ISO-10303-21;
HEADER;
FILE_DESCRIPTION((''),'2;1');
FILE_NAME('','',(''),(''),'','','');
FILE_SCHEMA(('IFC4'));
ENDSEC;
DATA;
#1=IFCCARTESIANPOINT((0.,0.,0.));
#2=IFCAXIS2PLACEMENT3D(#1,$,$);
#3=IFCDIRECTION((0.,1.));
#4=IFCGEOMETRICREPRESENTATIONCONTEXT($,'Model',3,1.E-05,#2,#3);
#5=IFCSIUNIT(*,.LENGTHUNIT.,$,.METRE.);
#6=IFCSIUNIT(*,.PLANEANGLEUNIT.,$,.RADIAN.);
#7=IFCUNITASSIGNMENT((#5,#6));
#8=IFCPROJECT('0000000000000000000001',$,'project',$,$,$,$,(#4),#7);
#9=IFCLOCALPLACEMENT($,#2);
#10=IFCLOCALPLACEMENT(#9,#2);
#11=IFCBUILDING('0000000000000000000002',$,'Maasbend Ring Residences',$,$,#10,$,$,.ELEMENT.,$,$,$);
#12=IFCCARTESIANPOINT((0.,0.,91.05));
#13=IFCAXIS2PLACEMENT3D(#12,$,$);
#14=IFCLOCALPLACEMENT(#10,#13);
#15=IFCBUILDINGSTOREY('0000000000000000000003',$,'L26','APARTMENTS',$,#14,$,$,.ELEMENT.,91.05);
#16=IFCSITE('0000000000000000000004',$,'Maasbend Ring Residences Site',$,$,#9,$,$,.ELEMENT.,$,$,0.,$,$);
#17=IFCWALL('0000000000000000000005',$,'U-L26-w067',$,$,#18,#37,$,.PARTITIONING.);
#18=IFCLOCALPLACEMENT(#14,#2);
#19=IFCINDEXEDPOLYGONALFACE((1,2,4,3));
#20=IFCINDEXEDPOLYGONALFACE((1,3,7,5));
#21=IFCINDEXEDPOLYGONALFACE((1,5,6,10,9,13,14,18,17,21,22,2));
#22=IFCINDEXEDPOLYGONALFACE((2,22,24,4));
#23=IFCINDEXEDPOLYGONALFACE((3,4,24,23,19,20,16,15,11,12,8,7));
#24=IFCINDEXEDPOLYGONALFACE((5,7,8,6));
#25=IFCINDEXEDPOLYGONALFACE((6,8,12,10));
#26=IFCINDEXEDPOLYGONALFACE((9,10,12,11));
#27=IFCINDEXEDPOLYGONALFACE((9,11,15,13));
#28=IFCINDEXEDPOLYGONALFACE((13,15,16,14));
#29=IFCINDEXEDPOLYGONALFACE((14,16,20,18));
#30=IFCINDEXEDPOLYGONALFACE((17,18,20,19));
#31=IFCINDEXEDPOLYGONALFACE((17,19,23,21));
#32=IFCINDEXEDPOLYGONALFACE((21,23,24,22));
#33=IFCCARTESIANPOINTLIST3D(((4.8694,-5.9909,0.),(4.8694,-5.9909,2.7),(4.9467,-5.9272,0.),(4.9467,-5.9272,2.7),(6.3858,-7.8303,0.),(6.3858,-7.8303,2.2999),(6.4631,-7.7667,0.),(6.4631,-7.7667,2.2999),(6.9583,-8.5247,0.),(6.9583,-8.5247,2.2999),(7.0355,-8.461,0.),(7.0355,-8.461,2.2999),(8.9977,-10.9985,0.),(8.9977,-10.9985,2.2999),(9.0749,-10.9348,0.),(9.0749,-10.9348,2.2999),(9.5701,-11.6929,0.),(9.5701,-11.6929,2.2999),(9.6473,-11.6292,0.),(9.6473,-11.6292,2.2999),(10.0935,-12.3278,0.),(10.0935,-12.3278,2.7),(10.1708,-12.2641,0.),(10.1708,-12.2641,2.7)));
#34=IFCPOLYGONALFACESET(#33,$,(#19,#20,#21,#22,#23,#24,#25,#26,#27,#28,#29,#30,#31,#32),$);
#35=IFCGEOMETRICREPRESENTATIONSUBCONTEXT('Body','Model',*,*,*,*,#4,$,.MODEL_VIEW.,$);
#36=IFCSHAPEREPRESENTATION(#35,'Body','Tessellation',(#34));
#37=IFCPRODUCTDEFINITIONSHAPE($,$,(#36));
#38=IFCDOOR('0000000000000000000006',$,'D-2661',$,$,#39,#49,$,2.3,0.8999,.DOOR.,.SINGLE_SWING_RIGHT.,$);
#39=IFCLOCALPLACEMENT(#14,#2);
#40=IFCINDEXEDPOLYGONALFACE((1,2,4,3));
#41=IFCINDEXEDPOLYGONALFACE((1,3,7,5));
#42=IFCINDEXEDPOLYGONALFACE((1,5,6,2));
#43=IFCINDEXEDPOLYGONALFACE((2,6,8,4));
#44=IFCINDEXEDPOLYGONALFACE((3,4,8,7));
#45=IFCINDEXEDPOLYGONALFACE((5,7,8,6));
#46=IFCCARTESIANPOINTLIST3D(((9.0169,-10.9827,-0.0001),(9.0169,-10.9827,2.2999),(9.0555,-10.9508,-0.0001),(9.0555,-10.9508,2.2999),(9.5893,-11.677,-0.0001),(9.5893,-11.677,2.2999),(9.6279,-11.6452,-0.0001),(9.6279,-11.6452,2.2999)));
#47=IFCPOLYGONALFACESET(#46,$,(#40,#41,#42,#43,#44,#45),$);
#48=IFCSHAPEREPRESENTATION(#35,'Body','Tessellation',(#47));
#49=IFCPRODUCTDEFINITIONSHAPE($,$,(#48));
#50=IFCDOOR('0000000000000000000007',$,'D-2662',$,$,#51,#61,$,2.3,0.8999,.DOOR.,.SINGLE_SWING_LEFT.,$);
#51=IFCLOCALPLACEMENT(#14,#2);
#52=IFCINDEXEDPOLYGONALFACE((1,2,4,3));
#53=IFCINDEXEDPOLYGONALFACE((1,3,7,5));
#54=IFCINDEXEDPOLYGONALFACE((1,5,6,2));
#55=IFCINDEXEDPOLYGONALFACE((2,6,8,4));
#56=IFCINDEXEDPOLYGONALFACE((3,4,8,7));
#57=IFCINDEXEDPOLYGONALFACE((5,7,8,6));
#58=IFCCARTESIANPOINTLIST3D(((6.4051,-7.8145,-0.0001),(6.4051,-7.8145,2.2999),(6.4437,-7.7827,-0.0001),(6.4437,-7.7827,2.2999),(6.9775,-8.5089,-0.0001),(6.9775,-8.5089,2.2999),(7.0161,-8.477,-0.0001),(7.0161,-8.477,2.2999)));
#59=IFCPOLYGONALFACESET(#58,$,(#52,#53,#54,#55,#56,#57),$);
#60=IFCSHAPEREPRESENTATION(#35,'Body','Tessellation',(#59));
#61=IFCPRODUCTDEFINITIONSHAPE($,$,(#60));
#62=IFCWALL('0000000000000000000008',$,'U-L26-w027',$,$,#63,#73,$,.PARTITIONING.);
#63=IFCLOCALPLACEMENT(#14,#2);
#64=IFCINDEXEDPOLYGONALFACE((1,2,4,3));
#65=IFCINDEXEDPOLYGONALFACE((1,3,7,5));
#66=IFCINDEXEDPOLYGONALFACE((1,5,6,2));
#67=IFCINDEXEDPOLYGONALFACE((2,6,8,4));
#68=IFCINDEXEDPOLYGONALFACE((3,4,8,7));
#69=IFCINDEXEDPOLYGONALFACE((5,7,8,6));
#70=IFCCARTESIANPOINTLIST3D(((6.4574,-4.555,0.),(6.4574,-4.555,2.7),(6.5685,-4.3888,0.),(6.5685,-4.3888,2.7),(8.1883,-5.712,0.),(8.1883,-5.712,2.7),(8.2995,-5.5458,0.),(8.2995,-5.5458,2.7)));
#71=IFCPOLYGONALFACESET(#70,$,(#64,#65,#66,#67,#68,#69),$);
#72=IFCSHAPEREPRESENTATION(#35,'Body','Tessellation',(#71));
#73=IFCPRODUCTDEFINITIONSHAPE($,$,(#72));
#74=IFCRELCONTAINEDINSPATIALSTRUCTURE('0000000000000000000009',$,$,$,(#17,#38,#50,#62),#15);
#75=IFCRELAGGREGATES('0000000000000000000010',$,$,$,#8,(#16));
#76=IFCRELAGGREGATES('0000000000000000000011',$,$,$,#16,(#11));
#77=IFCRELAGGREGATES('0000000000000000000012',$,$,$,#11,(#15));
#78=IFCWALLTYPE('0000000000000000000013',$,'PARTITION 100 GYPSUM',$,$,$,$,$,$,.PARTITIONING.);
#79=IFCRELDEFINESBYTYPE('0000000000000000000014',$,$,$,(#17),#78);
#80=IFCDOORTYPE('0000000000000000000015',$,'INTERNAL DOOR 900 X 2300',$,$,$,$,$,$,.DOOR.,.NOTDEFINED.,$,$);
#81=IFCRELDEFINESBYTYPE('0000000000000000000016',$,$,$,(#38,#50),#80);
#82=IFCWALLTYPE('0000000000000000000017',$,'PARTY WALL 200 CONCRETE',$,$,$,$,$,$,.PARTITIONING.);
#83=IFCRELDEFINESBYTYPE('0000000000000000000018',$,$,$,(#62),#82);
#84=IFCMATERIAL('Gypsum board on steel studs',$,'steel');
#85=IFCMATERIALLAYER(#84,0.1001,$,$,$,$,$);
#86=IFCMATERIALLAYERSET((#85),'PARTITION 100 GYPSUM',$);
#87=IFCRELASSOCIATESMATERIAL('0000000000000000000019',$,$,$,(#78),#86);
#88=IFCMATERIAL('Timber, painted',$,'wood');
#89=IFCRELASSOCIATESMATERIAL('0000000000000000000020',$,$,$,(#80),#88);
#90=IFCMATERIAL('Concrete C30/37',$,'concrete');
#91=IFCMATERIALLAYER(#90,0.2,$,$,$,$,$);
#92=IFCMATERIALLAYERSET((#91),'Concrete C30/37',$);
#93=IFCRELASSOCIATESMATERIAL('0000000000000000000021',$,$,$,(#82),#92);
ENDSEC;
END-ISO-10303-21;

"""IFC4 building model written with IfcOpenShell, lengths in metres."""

from ifc_helpers import new_model, si_unit, direction, frame, frame_2d, origin, place, context, subcontext, project, spatial, rectangle, extrude, material, layer, layer_set, type_object, element, fill, save


model = new_model("IFC4")

# Units and contexts
model_context = context("Model", 3, precision=1e-05, world=origin(), true_north=direction((0.0, 1.0)))
body_context = subcontext(model_context, "Body", "Model", "MODEL_VIEW")
ifc_project = project(units=[si_unit("LENGTHUNIT", "METRE"), si_unit("PLANEANGLEUNIT", "RADIAN")], contexts=[model_context])

# Site, building, storey
site_placement = place(None, origin())
site = spatial("IfcSite", under=ifc_project, at=site_placement, Name="Maasbend Ring Residences Site", CompositionType="ELEMENT", RefElevation=0.0)
building_placement = place(site_placement, origin())
building = spatial("IfcBuilding", under=site, at=building_placement, Name="Maasbend Ring Residences", CompositionType="ELEMENT")
storey_placement = place(building_placement, frame((0.0, 0.0, 91.05)))
storey = spatial("IfcBuildingStorey", under=building, at=storey_placement, Name="L26", Description="APARTMENTS", CompositionType="ELEMENT", Elevation=91.05)

# Wall, openings, doors
ifc_material_1 = material(Name="Gypsum board on steel studs", Category="steel")
ifc_layer_1 = layer(ifc_material_1, 0.1001)
ifc_layer_set_1 = layer_set([ifc_layer_1], Name="PARTITION 100 GYPSUM")
wall_type_1 = type_object("IfcWallType", Name="PARTITION 100 GYPSUM", PredefinedType="PARTITIONING", material=ifc_layer_set_1)
wall_1_placement = place(storey_placement, frame((4.908, -5.959, 0.0), z_axis=(0.0, 0.0, 1.0), x_axis=(0.636105, -0.771602, 0.0)))
wall_1 = element("IfcWall", 1, at=wall_1_placement, inside=storey, type_object=wall_type_1, Name="U-L26-w067", PredefinedType="PARTITIONING", context=body_context, shape_type="SweptSolid", body=[
    extrude(rectangle(XDim=8.2126, YDim=0.1001, at=frame_2d((4.1064, 0.0))), origin(), (0.0, 0.0, 1.0), 2.7),
])
opening_1_placement = place(wall_1_placement, frame((6.49, 0.0, 0.0)))
opening_1 = element("IfcOpeningElement", 2, at=opening_1_placement, cuts=wall_1, PredefinedType="OPENING", context=body_context, shape_type="SweptSolid", body=[
    extrude(rectangle(XDim=0.8999, YDim=2.3, at=frame_2d((0.45, 1.1499))), frame((0.0, 0.0601, 0.0), z_axis=(0.0, -1.0, 0.0), x_axis=(1.0, 0.0, 0.0)), (0.0, 0.0, 1.0), 0.1201),
])
opening_2_placement = place(wall_1_placement, frame((2.384, 0.0, 0.0)))
opening_2 = element("IfcOpeningElement", 3, at=opening_2_placement, cuts=wall_1, PredefinedType="OPENING", context=body_context, shape_type="SweptSolid", body=[
    extrude(rectangle(XDim=0.8999, YDim=2.3, at=frame_2d((0.45, 1.1499))), frame((0.0, 0.0601, 0.0), z_axis=(0.0, -1.0, 0.0), x_axis=(1.0, 0.0, 0.0)), (0.0, 0.0, 1.0), 0.1201),
])
ifc_material_2 = material(Name="Timber, painted", Category="wood")
door_type_1 = type_object("IfcDoorType", Name="INTERNAL DOOR 900 X 2300", OperationType="NOTDEFINED", PredefinedType="DOOR", material=ifc_material_2)
door_1_placement = place(opening_1_placement, origin())
door_1 = element("IfcDoor", 4, at=door_1_placement, inside=storey, type_object=door_type_1, Name="D-2661", OperationType="SINGLE_SWING_RIGHT", OverallHeight=2.3, OverallWidth=0.8999, PredefinedType="DOOR", context=body_context, shape_type="SweptSolid", body=[
    extrude(rectangle(XDim=0.8999, YDim=2.3, at=frame_2d((0.45, 1.1499))), frame((0.0, 0.0249, 0.0), z_axis=(0.0, -1.0, 0.0), x_axis=(1.0, 0.0, 0.0)), (0.0, 0.0, 1.0), 0.05),
])
fill(opening_1, door_1)
door_2_placement = place(opening_2_placement, origin())
door_2 = element("IfcDoor", 5, at=door_2_placement, inside=storey, type_object=door_type_1, Name="D-2662", OperationType="SINGLE_SWING_LEFT", OverallHeight=2.3, OverallWidth=0.8999, PredefinedType="DOOR", context=body_context, shape_type="SweptSolid", body=[
    extrude(rectangle(XDim=0.8999, YDim=2.3, at=frame_2d((0.45, 1.1499))), frame((0.0, 0.0249, 0.0), z_axis=(0.0, -1.0, 0.0), x_axis=(1.0, 0.0, 0.0)), (0.0, 0.0, 1.0), 0.05),
])
fill(opening_2, door_2)

# Wall
ifc_material_3 = material(Name="Concrete C30/37", Category="concrete")
ifc_layer_2 = layer(ifc_material_3, 0.2)
ifc_layer_set_2 = layer_set([ifc_layer_2], Name="Concrete C30/37")
wall_type_2 = type_object("IfcWallType", Name="PARTY WALL 200 CONCRETE", PredefinedType="PARTITIONING", material=ifc_layer_set_2)
wall_2_placement = place(storey_placement, frame((6.5129, -4.4719, 0.0), z_axis=(0.0, 0.0, 1.0), x_axis=(0.831382, -0.555701, 0.0)))
element("IfcWall", 6, at=wall_2_placement, inside=storey, type_object=wall_type_2, Name="U-L26-w027", PredefinedType="PARTITIONING", context=body_context, shape_type="SweptSolid", body=[
    extrude(rectangle(XDim=2.082, YDim=0.2, at=frame_2d((1.041, 0.0))), origin(), (0.0, 0.0, 1.0), 2.7),
])

save(model, "model.ifc")
